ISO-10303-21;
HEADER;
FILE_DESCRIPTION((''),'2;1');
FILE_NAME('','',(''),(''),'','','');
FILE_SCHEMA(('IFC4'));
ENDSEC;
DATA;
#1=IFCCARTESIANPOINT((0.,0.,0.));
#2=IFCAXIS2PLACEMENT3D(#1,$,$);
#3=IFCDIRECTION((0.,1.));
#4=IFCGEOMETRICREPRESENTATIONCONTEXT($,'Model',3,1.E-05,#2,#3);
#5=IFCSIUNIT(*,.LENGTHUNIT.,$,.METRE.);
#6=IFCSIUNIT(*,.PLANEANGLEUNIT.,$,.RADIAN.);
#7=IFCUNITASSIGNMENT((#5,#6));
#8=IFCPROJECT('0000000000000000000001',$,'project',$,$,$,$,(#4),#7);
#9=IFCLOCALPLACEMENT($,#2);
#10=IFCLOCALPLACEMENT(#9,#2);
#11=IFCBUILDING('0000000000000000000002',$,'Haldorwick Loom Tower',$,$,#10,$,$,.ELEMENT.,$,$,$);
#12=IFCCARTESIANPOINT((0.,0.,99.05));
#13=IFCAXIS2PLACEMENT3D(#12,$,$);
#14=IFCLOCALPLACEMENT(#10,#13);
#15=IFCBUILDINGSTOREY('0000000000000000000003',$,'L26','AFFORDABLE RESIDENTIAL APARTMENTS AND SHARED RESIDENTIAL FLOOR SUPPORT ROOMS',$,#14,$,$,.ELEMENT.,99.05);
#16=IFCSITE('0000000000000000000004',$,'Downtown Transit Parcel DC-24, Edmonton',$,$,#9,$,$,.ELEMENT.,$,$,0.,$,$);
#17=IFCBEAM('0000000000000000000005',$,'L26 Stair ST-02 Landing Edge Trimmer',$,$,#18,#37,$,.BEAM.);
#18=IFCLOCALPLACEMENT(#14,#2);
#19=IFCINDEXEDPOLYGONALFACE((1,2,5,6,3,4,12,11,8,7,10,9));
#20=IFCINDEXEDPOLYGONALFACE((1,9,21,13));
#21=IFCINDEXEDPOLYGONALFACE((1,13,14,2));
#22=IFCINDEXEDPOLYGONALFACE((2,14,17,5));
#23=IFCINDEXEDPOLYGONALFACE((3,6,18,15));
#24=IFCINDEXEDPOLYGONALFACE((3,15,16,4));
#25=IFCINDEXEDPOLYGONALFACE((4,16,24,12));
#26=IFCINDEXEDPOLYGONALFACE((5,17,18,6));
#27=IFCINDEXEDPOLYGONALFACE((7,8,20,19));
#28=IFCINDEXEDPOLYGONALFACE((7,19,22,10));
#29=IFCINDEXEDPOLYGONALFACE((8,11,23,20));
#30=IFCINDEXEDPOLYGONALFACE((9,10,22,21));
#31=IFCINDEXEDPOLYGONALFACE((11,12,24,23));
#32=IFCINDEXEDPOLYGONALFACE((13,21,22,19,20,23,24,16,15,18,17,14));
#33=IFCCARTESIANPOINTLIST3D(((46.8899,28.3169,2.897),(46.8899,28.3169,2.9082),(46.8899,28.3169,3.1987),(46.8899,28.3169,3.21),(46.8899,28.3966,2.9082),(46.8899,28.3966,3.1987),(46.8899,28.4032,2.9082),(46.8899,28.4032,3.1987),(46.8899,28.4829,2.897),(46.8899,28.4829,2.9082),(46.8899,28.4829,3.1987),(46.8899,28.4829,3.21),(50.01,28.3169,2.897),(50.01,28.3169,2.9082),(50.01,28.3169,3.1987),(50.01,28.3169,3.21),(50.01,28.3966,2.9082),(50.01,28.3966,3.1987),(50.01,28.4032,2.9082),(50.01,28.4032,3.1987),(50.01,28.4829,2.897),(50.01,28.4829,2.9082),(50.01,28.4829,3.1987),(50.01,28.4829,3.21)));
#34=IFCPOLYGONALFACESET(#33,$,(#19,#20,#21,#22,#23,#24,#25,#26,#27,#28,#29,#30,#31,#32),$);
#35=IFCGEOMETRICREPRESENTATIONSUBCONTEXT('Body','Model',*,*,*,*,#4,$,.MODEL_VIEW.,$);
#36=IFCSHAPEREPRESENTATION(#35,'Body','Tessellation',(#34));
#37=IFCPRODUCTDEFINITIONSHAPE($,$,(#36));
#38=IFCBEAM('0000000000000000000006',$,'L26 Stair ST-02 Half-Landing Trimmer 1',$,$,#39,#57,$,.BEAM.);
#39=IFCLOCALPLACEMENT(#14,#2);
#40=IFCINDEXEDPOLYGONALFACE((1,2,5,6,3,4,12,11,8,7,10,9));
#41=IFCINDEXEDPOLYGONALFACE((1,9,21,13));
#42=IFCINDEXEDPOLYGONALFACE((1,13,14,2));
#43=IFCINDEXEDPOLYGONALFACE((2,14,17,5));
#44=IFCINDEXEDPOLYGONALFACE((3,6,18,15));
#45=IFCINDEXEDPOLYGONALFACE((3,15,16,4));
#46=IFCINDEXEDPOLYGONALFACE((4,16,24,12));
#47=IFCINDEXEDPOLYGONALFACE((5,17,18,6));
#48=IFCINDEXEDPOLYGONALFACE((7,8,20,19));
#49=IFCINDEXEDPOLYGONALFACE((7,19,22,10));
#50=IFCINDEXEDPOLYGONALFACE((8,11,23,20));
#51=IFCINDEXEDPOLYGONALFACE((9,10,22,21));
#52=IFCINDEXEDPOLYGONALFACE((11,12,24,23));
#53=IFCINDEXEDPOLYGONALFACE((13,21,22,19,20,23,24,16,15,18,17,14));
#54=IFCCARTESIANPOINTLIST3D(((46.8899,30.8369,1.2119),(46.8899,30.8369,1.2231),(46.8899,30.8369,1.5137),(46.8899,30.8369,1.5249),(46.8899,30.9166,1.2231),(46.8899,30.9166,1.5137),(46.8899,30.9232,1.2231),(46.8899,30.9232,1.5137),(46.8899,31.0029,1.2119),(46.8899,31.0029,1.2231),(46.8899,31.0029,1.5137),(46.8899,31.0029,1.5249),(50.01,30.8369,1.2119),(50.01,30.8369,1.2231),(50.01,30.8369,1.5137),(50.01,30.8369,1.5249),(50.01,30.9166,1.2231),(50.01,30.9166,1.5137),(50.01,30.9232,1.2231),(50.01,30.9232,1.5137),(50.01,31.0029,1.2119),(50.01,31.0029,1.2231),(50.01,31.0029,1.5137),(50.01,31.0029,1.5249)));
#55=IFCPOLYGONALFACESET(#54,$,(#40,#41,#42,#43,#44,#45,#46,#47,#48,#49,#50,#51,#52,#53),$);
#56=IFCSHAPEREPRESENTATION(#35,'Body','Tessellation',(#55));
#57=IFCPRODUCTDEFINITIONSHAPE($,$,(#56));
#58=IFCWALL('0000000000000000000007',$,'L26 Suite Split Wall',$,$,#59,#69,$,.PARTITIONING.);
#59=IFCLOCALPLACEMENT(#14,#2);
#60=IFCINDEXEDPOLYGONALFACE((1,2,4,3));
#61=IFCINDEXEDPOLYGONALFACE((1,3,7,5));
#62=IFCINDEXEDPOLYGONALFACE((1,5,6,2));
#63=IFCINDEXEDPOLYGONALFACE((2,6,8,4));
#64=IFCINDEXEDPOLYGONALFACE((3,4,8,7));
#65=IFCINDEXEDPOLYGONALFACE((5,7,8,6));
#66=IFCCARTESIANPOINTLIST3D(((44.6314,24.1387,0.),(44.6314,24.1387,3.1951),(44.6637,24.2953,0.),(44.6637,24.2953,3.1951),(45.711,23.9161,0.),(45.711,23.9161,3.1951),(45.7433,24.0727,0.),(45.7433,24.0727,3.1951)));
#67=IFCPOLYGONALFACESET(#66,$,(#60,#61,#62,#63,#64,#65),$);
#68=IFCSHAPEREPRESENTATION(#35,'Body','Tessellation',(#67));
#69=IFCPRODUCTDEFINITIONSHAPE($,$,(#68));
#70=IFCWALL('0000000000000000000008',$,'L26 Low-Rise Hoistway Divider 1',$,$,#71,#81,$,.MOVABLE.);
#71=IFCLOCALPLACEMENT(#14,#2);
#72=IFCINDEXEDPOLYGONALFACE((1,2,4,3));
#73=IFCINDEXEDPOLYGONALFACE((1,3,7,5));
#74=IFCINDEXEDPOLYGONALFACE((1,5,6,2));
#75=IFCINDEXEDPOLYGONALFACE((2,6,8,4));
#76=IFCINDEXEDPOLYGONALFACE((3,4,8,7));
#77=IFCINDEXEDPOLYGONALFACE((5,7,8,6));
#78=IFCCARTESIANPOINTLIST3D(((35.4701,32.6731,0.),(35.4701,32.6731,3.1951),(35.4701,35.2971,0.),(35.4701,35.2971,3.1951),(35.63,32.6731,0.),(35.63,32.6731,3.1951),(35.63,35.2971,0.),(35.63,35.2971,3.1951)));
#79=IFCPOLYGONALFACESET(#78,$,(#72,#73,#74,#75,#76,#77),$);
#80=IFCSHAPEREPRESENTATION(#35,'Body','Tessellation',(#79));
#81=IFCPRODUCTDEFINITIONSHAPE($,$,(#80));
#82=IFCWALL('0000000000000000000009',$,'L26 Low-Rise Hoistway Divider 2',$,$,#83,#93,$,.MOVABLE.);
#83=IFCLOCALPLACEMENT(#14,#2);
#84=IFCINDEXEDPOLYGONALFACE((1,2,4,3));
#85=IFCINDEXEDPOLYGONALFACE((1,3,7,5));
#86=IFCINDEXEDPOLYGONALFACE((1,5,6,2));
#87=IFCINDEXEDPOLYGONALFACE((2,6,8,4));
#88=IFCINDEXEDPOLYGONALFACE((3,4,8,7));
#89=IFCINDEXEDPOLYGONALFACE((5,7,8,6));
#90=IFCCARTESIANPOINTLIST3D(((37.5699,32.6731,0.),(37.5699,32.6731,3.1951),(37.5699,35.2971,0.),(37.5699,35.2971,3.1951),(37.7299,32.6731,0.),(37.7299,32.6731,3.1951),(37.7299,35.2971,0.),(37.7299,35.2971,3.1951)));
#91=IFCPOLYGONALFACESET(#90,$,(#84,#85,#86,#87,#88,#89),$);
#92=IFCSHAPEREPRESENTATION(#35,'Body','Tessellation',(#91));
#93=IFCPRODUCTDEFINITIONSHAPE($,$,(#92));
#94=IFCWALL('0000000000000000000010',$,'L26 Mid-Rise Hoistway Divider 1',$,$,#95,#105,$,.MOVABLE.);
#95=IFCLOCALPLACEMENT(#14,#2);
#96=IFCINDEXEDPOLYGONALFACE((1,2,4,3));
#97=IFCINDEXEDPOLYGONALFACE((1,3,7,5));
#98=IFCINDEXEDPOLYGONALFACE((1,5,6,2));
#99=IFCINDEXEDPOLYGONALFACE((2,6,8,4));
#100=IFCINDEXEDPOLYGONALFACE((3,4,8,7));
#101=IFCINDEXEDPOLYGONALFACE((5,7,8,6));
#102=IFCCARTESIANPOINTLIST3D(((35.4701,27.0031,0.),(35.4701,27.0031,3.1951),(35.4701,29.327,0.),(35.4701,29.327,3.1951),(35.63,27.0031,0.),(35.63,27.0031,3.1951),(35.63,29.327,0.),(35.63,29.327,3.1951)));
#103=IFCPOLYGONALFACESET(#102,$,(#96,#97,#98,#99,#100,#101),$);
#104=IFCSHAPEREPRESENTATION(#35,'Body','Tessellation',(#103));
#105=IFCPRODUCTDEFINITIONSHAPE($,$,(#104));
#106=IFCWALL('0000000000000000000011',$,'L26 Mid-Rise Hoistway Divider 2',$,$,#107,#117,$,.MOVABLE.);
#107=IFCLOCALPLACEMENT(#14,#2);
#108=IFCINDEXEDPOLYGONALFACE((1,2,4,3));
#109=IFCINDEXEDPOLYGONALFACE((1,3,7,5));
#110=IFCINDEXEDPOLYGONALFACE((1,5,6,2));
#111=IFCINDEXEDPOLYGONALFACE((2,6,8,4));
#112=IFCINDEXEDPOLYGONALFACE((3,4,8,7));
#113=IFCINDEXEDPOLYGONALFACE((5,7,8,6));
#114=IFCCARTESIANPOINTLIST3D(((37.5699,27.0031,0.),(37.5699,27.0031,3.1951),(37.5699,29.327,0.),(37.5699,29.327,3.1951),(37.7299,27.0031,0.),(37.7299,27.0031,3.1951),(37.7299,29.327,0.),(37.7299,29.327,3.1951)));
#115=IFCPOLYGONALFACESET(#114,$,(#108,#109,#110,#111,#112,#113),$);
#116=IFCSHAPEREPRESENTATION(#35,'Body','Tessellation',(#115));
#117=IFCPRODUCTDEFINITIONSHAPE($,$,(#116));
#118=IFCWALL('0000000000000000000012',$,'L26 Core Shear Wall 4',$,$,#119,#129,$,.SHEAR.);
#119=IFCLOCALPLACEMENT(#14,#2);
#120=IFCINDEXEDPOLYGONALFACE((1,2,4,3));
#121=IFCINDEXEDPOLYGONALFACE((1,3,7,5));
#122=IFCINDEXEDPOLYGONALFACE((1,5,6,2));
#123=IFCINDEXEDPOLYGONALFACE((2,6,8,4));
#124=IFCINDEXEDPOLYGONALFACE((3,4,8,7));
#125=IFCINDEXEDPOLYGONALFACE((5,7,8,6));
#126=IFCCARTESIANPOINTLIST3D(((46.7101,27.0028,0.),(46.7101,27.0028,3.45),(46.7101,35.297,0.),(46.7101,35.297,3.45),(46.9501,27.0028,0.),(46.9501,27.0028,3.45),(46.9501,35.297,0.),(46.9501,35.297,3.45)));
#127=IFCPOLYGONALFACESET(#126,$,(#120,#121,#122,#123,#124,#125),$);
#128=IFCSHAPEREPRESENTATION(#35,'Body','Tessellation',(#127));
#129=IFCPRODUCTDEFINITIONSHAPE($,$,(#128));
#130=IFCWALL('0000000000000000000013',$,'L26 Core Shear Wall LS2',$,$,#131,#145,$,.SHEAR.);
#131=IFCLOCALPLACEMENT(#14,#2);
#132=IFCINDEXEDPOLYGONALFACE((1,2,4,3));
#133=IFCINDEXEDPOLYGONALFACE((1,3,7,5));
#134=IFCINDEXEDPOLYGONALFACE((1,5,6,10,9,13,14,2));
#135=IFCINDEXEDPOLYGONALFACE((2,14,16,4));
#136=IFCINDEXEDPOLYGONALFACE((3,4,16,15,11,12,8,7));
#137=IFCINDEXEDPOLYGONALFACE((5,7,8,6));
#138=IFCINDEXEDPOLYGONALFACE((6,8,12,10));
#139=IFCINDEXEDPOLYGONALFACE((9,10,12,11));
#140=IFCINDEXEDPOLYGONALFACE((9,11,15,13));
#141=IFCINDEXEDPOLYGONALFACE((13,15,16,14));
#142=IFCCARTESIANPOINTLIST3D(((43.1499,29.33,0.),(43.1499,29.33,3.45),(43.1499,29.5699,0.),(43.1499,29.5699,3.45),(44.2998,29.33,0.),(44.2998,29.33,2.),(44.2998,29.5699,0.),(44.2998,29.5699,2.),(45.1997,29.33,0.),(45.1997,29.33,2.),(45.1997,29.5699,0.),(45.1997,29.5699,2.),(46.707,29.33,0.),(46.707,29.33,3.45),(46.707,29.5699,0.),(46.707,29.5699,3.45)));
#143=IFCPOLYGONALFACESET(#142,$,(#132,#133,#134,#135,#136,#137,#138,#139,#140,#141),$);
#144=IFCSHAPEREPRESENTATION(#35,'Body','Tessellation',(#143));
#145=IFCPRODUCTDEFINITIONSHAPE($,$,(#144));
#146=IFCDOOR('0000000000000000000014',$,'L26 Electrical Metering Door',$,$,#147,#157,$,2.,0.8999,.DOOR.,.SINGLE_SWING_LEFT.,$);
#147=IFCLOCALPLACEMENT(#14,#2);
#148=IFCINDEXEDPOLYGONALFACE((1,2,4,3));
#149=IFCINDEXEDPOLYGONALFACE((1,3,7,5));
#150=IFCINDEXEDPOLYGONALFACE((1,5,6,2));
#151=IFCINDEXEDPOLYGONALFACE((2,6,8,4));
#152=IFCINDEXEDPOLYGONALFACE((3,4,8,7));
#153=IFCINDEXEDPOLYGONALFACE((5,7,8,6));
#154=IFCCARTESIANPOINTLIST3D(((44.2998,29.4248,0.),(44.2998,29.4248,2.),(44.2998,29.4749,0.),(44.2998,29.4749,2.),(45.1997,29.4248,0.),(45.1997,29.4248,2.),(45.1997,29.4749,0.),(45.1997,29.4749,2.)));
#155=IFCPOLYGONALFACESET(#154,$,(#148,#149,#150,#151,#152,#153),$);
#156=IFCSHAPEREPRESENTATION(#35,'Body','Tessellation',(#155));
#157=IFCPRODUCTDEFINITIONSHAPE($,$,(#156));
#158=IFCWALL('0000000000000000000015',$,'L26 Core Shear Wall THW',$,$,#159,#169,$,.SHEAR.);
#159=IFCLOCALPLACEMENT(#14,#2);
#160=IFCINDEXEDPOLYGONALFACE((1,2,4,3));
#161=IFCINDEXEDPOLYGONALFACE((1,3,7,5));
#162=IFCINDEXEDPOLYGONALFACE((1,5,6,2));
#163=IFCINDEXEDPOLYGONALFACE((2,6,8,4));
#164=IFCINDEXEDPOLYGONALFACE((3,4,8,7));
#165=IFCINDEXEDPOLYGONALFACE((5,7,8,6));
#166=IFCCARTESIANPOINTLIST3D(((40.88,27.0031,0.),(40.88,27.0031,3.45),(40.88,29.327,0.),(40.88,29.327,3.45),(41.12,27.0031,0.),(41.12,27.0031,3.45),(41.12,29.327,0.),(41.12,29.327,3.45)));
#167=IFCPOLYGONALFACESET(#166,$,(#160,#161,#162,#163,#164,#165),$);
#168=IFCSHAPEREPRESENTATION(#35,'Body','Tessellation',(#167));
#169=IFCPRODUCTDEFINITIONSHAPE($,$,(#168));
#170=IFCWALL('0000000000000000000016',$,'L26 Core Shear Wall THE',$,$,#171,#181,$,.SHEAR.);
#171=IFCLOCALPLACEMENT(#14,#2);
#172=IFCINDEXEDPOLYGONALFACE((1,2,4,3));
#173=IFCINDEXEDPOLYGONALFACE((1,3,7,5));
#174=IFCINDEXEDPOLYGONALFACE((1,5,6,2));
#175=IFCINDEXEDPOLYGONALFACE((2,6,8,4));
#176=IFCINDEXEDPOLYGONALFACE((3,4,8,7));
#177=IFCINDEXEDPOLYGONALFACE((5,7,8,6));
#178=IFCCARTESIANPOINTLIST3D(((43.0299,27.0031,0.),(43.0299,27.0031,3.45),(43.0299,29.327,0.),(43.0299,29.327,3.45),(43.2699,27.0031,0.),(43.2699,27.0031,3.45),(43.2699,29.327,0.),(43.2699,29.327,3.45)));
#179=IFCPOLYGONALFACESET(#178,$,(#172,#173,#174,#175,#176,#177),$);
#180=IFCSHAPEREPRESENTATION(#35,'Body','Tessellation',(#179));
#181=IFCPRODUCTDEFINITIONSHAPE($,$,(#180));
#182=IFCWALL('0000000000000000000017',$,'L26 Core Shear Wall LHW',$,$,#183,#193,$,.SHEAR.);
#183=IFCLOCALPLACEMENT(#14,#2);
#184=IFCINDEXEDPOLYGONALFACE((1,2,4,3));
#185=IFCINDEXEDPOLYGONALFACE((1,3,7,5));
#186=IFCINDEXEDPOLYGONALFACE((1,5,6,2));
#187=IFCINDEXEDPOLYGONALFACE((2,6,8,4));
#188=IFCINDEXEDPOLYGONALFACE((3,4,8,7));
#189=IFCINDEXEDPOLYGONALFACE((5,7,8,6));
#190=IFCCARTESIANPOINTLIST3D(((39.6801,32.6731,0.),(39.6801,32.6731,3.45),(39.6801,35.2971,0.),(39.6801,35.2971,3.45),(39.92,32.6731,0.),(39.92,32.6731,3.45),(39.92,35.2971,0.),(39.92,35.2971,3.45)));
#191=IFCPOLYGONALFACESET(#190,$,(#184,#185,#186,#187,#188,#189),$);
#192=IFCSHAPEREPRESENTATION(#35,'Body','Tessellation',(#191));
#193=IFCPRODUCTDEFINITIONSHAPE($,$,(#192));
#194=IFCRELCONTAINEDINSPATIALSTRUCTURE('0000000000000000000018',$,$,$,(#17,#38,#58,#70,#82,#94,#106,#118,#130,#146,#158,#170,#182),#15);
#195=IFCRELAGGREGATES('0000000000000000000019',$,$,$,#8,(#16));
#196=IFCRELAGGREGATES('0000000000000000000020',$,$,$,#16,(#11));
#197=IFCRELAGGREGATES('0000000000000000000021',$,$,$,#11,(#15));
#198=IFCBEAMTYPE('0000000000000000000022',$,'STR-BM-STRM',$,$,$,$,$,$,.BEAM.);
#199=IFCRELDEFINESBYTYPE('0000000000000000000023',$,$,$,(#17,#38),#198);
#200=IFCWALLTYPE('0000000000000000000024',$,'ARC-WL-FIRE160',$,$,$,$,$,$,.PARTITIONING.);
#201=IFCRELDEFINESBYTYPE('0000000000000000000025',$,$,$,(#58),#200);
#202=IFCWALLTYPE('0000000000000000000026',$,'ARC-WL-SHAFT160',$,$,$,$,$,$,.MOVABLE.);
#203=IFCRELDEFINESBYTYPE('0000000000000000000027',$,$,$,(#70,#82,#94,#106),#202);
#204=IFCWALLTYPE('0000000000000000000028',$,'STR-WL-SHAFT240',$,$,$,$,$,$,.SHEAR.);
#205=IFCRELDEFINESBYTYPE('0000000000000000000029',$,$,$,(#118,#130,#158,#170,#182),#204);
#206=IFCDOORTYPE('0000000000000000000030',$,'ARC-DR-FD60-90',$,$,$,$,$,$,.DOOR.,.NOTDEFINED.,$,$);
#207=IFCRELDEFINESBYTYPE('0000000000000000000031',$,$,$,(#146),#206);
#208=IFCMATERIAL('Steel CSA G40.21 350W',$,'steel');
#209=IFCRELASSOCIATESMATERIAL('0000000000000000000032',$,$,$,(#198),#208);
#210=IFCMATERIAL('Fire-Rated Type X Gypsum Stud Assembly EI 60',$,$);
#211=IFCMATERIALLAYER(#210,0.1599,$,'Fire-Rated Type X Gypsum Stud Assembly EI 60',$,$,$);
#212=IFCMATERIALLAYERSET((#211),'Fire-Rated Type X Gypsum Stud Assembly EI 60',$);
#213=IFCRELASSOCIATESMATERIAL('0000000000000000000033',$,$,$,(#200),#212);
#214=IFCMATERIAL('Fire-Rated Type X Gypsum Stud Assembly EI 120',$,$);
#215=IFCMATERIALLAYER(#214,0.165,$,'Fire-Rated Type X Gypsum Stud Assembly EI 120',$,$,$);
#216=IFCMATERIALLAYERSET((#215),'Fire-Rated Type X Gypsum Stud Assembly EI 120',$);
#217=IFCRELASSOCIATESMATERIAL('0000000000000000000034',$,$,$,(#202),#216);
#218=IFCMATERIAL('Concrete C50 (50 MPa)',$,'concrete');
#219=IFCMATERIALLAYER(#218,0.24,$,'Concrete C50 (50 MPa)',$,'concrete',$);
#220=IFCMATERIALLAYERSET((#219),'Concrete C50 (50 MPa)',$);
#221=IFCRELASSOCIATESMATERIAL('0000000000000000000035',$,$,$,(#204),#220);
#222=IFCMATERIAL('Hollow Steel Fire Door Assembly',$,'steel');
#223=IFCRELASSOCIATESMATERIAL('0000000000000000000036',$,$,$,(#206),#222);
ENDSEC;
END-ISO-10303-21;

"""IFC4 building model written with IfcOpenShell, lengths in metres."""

from ifc_helpers import new_model, si_unit, direction, frame, frame_2d, origin, origin_2d, place, context, subcontext, project, spatial, rectangle, i_section, extrude, material, layer, layer_set, material_profile, profile_set, type_object, element, fill, save


model = new_model("IFC4")

# Units and contexts
model_context = context("Model", 3, precision=1e-05, world=origin(), true_north=direction((0.0, 1.0)))
body_context = subcontext(model_context, "Body", "Model", "MODEL_VIEW")
ifc_project = project(units=[si_unit("LENGTHUNIT", "METRE"), si_unit("PLANEANGLEUNIT", "RADIAN")], contexts=[model_context])

# Site, building, storey
site_placement = place(None, origin())
site = spatial("IfcSite", under=ifc_project, at=site_placement, Name="Downtown Transit Parcel DC-24, Edmonton", CompositionType="ELEMENT", RefElevation=0.0)
building_placement = place(site_placement, origin())
building = spatial("IfcBuilding", under=site, at=building_placement, Name="Haldorwick Loom Tower", CompositionType="ELEMENT")
storey_placement = place(building_placement, frame((0.0, 0.0, 99.05)))
storey = spatial("IfcBuildingStorey", under=building, at=storey_placement, Name="L26", Description="AFFORDABLE RESIDENTIAL APARTMENTS AND SHARED RESIDENTIAL FLOOR SUPPORT ROOMS", CompositionType="ELEMENT", Elevation=99.05)

# Beams
ifc_material_1 = material(Name="Steel CSA G40.21 350W", Category="steel")
ifc_material_profile_1 = material_profile(ifc_material_1, i_section(OverallWidth=0.166, OverallDepth=0.313, WebThickness=0.0066, FlangeThickness=0.0112, at=origin_2d()), Name="W310X45", Category="steel")
ifc_profile_set_1 = profile_set([ifc_material_profile_1], Name="Steel CSA G40.21 350W")
beam_type_1 = type_object("IfcBeamType", Name="STR-BM-STRM", PredefinedType="BEAM", material=ifc_profile_set_1)
for number, where, z_axis, x_axis, name in (
    (1, (46.8899, 28.3999, 3.0535), (1.0, 0.0, 0.0), (0.0, 1.0, 0.0), "L26 Stair ST-02 Landing Edge Trimmer"),
    (2, (46.8899, 30.9199, 1.3684), (1.0, 0.0, 0.0), (0.0, 1.0, 0.0), "L26 Stair ST-02 Half-Landing Trimmer 1"),
):
    element("IfcBeam", number, at=place(storey_placement, frame(where, z_axis=z_axis, x_axis=x_axis)), inside=storey, type_object=beam_type_1, Name=name, PredefinedType="BEAM", context=body_context, shape_type="SweptSolid", body=[
        extrude(i_section(OverallWidth=0.166, OverallDepth=0.313, WebThickness=0.0066, FlangeThickness=0.0112, at=origin_2d()), origin(), (0.0, 0.0, 1.0), 3.1201),
    ])

# Walls
ifc_material_2 = material(Name="Fire-Rated Type X Gypsum Stud Assembly EI 60")
ifc_layer_1 = layer(ifc_material_2, 0.1599, Name="Fire-Rated Type X Gypsum Stud Assembly EI 60")
ifc_layer_set_1 = layer_set([ifc_layer_1], Name="Fire-Rated Type X Gypsum Stud Assembly EI 60")
wall_type_1 = type_object("IfcWallType", Name="ARC-WL-FIRE160", PredefinedType="PARTITIONING", material=ifc_layer_set_1)
wall_1_placement = place(storey_placement, frame((44.6475, 24.217, 0.0), z_axis=(0.0, 0.0, 1.0), x_axis=(0.979388, -0.20199, 0.0)))
element("IfcWall", 3, at=wall_1_placement, inside=storey, type_object=wall_type_1, Name="L26 Suite Split Wall", PredefinedType="PARTITIONING", context=body_context, shape_type="SweptSolid", body=[
    extrude(rectangle(XDim=1.1023, YDim=0.1599, at=frame_2d((0.5513, 0.0))), origin(), (0.0, 0.0, 1.0), 3.1951),
])
ifc_material_3 = material(Name="Fire-Rated Type X Gypsum Stud Assembly EI 120")
ifc_layer_2 = layer(ifc_material_3, 0.165, Name="Fire-Rated Type X Gypsum Stud Assembly EI 120")
ifc_layer_set_2 = layer_set([ifc_layer_2], Name="Fire-Rated Type X Gypsum Stud Assembly EI 120")
wall_type_2 = type_object("IfcWallType", Name="ARC-WL-SHAFT160", PredefinedType="MOVABLE", material=ifc_layer_set_2)
for number, where, z_axis, x_axis, name in (
    (4, (35.55, 32.6731, 0.0), (0.0, 0.0, 1.0), (0.0, 1.0, 0.0), "L26 Low-Rise Hoistway Divider 1"),
    (5, (37.6499, 32.6731, 0.0), (0.0, 0.0, 1.0), (0.0, 1.0, 0.0), "L26 Low-Rise Hoistway Divider 2"),
):
    element("IfcWall", number, at=place(storey_placement, frame(where, z_axis=z_axis, x_axis=x_axis)), inside=storey, type_object=wall_type_2, Name=name, PredefinedType="MOVABLE", context=body_context, shape_type="SweptSolid", body=[
        extrude(rectangle(XDim=2.624, YDim=0.1599, at=frame_2d((1.312, 0.0))), origin(), (0.0, 0.0, 1.0), 3.1951),
    ])
for number, where, z_axis, x_axis, name in (
    (6, (35.55, 27.0029, 0.0), (0.0, 0.0, 1.0), (0.0, 1.0, 0.0), "L26 Mid-Rise Hoistway Divider 1"),
    (7, (37.6499, 27.0029, 0.0), (0.0, 0.0, 1.0), (0.0, 1.0, 0.0), "L26 Mid-Rise Hoistway Divider 2"),
):
    element("IfcWall", number, at=place(storey_placement, frame(where, z_axis=z_axis, x_axis=x_axis)), inside=storey, type_object=wall_type_2, Name=name, PredefinedType="MOVABLE", context=body_context, shape_type="SweptSolid", body=[
        extrude(rectangle(XDim=2.324, YDim=0.1599, at=frame_2d((1.1621, 0.0))), origin(), (0.0, 0.0, 1.0), 3.1951),
    ])
ifc_material_4 = material(Name="Concrete C50 (50 MPa)", Category="concrete")
ifc_layer_3 = layer(ifc_material_4, 0.24, Name="Concrete C50 (50 MPa)", Category="concrete")
ifc_layer_set_3 = layer_set([ifc_layer_3], Name="Concrete C50 (50 MPa)")
wall_type_3 = type_object("IfcWallType", Name="STR-WL-SHAFT240", PredefinedType="SHEAR", material=ifc_layer_set_3)
wall_2_placement = place(storey_placement, frame((46.8301, 27.0029, 0.0), z_axis=(0.0, 0.0, 1.0), x_axis=(0.0, 1.0, 0.0)))
element("IfcWall", 8, at=wall_2_placement, inside=storey, type_object=wall_type_3, Name="L26 Core Shear Wall 4", PredefinedType="SHEAR", context=body_context, shape_type="SweptSolid", body=[
    extrude(rectangle(XDim=8.2942, YDim=0.24, at=frame_2d((4.147, 0.0))), origin(), (0.0, 0.0, 1.0), 3.45),
])

# Wall, opening, door
wall_3_placement = place(storey_placement, frame((43.1499, 29.45, 0.0), z_axis=(0.0, 0.0, 1.0), x_axis=(1.0, 0.0, 0.0)))
wall_3 = element("IfcWall", 9, at=wall_3_placement, inside=storey, type_object=wall_type_3, Name="L26 Core Shear Wall LS2", PredefinedType="SHEAR", context=body_context, shape_type="SweptSolid", body=[
    extrude(rectangle(XDim=3.5571, YDim=0.24, at=frame_2d((1.7786, 0.0))), origin(), (0.0, 0.0, 1.0), 3.45),
])
opening_placement = place(wall_3_placement, frame((1.1499, 0.0, 0.0)))
opening = element("IfcOpeningElement", 10, at=opening_placement, cuts=wall_3, PredefinedType="OPENING", context=body_context, shape_type="SweptSolid", body=[
    extrude(rectangle(XDim=0.8999, YDim=2.0, at=frame_2d((0.45, 1.0))), frame((0.0, 0.1299, 0.0), z_axis=(0.0, -1.0, 0.0), x_axis=(1.0, 0.0, 0.0)), (0.0, 0.0, 1.0), 0.26),
])
ifc_material_5 = material(Name="Hollow Steel Fire Door Assembly", Category="steel")
door_type = type_object("IfcDoorType", Name="ARC-DR-FD60-90", OperationType="NOTDEFINED", PredefinedType="DOOR", material=ifc_material_5)
door_placement = place(opening_placement, origin())
door = element("IfcDoor", 11, at=door_placement, inside=storey, type_object=door_type, Name="L26 Electrical Metering Door", OperationType="SINGLE_SWING_LEFT", OverallHeight=2.0, OverallWidth=0.8999, PredefinedType="DOOR", context=body_context, shape_type="SweptSolid", body=[
    extrude(rectangle(XDim=0.8999, YDim=2.0, at=frame_2d((0.45, 1.0))), frame((0.0, 0.0249, 0.0), z_axis=(0.0, -1.0, 0.0), x_axis=(1.0, 0.0, 0.0)), (0.0, 0.0, 1.0), 0.05),
])
fill(opening, door)

# Walls
for number, where, z_axis, x_axis, name in (
    (12, (41.0, 27.0029, 0.0), (0.0, 0.0, 1.0), (0.0, 1.0, 0.0), "L26 Core Shear Wall THW"),
    (13, (43.1499, 27.0029, 0.0), (0.0, 0.0, 1.0), (0.0, 1.0, 0.0), "L26 Core Shear Wall THE"),
):
    element("IfcWall", number, at=place(storey_placement, frame(where, z_axis=z_axis, x_axis=x_axis)), inside=storey, type_object=wall_type_3, Name=name, PredefinedType="SHEAR", context=body_context, shape_type="SweptSolid", body=[
        extrude(rectangle(XDim=2.324, YDim=0.24, at=frame_2d((1.1621, 0.0))), origin(), (0.0, 0.0, 1.0), 3.45),
    ])
for number, where, z_axis, x_axis, name in (
    (14, (39.8, 32.6731, 0.0), (0.0, 0.0, 1.0), (0.0, 1.0, 0.0), "L26 Core Shear Wall LHW"),
):
    element("IfcWall", number, at=place(storey_placement, frame(where, z_axis=z_axis, x_axis=x_axis)), inside=storey, type_object=wall_type_3, Name=name, PredefinedType="SHEAR", context=body_context, shape_type="SweptSolid", body=[
        extrude(rectangle(XDim=2.624, YDim=0.24, at=frame_2d((1.312, 0.0))), origin(), (0.0, 0.0, 1.0), 3.45),
    ])

save(model, "model.ifc")
